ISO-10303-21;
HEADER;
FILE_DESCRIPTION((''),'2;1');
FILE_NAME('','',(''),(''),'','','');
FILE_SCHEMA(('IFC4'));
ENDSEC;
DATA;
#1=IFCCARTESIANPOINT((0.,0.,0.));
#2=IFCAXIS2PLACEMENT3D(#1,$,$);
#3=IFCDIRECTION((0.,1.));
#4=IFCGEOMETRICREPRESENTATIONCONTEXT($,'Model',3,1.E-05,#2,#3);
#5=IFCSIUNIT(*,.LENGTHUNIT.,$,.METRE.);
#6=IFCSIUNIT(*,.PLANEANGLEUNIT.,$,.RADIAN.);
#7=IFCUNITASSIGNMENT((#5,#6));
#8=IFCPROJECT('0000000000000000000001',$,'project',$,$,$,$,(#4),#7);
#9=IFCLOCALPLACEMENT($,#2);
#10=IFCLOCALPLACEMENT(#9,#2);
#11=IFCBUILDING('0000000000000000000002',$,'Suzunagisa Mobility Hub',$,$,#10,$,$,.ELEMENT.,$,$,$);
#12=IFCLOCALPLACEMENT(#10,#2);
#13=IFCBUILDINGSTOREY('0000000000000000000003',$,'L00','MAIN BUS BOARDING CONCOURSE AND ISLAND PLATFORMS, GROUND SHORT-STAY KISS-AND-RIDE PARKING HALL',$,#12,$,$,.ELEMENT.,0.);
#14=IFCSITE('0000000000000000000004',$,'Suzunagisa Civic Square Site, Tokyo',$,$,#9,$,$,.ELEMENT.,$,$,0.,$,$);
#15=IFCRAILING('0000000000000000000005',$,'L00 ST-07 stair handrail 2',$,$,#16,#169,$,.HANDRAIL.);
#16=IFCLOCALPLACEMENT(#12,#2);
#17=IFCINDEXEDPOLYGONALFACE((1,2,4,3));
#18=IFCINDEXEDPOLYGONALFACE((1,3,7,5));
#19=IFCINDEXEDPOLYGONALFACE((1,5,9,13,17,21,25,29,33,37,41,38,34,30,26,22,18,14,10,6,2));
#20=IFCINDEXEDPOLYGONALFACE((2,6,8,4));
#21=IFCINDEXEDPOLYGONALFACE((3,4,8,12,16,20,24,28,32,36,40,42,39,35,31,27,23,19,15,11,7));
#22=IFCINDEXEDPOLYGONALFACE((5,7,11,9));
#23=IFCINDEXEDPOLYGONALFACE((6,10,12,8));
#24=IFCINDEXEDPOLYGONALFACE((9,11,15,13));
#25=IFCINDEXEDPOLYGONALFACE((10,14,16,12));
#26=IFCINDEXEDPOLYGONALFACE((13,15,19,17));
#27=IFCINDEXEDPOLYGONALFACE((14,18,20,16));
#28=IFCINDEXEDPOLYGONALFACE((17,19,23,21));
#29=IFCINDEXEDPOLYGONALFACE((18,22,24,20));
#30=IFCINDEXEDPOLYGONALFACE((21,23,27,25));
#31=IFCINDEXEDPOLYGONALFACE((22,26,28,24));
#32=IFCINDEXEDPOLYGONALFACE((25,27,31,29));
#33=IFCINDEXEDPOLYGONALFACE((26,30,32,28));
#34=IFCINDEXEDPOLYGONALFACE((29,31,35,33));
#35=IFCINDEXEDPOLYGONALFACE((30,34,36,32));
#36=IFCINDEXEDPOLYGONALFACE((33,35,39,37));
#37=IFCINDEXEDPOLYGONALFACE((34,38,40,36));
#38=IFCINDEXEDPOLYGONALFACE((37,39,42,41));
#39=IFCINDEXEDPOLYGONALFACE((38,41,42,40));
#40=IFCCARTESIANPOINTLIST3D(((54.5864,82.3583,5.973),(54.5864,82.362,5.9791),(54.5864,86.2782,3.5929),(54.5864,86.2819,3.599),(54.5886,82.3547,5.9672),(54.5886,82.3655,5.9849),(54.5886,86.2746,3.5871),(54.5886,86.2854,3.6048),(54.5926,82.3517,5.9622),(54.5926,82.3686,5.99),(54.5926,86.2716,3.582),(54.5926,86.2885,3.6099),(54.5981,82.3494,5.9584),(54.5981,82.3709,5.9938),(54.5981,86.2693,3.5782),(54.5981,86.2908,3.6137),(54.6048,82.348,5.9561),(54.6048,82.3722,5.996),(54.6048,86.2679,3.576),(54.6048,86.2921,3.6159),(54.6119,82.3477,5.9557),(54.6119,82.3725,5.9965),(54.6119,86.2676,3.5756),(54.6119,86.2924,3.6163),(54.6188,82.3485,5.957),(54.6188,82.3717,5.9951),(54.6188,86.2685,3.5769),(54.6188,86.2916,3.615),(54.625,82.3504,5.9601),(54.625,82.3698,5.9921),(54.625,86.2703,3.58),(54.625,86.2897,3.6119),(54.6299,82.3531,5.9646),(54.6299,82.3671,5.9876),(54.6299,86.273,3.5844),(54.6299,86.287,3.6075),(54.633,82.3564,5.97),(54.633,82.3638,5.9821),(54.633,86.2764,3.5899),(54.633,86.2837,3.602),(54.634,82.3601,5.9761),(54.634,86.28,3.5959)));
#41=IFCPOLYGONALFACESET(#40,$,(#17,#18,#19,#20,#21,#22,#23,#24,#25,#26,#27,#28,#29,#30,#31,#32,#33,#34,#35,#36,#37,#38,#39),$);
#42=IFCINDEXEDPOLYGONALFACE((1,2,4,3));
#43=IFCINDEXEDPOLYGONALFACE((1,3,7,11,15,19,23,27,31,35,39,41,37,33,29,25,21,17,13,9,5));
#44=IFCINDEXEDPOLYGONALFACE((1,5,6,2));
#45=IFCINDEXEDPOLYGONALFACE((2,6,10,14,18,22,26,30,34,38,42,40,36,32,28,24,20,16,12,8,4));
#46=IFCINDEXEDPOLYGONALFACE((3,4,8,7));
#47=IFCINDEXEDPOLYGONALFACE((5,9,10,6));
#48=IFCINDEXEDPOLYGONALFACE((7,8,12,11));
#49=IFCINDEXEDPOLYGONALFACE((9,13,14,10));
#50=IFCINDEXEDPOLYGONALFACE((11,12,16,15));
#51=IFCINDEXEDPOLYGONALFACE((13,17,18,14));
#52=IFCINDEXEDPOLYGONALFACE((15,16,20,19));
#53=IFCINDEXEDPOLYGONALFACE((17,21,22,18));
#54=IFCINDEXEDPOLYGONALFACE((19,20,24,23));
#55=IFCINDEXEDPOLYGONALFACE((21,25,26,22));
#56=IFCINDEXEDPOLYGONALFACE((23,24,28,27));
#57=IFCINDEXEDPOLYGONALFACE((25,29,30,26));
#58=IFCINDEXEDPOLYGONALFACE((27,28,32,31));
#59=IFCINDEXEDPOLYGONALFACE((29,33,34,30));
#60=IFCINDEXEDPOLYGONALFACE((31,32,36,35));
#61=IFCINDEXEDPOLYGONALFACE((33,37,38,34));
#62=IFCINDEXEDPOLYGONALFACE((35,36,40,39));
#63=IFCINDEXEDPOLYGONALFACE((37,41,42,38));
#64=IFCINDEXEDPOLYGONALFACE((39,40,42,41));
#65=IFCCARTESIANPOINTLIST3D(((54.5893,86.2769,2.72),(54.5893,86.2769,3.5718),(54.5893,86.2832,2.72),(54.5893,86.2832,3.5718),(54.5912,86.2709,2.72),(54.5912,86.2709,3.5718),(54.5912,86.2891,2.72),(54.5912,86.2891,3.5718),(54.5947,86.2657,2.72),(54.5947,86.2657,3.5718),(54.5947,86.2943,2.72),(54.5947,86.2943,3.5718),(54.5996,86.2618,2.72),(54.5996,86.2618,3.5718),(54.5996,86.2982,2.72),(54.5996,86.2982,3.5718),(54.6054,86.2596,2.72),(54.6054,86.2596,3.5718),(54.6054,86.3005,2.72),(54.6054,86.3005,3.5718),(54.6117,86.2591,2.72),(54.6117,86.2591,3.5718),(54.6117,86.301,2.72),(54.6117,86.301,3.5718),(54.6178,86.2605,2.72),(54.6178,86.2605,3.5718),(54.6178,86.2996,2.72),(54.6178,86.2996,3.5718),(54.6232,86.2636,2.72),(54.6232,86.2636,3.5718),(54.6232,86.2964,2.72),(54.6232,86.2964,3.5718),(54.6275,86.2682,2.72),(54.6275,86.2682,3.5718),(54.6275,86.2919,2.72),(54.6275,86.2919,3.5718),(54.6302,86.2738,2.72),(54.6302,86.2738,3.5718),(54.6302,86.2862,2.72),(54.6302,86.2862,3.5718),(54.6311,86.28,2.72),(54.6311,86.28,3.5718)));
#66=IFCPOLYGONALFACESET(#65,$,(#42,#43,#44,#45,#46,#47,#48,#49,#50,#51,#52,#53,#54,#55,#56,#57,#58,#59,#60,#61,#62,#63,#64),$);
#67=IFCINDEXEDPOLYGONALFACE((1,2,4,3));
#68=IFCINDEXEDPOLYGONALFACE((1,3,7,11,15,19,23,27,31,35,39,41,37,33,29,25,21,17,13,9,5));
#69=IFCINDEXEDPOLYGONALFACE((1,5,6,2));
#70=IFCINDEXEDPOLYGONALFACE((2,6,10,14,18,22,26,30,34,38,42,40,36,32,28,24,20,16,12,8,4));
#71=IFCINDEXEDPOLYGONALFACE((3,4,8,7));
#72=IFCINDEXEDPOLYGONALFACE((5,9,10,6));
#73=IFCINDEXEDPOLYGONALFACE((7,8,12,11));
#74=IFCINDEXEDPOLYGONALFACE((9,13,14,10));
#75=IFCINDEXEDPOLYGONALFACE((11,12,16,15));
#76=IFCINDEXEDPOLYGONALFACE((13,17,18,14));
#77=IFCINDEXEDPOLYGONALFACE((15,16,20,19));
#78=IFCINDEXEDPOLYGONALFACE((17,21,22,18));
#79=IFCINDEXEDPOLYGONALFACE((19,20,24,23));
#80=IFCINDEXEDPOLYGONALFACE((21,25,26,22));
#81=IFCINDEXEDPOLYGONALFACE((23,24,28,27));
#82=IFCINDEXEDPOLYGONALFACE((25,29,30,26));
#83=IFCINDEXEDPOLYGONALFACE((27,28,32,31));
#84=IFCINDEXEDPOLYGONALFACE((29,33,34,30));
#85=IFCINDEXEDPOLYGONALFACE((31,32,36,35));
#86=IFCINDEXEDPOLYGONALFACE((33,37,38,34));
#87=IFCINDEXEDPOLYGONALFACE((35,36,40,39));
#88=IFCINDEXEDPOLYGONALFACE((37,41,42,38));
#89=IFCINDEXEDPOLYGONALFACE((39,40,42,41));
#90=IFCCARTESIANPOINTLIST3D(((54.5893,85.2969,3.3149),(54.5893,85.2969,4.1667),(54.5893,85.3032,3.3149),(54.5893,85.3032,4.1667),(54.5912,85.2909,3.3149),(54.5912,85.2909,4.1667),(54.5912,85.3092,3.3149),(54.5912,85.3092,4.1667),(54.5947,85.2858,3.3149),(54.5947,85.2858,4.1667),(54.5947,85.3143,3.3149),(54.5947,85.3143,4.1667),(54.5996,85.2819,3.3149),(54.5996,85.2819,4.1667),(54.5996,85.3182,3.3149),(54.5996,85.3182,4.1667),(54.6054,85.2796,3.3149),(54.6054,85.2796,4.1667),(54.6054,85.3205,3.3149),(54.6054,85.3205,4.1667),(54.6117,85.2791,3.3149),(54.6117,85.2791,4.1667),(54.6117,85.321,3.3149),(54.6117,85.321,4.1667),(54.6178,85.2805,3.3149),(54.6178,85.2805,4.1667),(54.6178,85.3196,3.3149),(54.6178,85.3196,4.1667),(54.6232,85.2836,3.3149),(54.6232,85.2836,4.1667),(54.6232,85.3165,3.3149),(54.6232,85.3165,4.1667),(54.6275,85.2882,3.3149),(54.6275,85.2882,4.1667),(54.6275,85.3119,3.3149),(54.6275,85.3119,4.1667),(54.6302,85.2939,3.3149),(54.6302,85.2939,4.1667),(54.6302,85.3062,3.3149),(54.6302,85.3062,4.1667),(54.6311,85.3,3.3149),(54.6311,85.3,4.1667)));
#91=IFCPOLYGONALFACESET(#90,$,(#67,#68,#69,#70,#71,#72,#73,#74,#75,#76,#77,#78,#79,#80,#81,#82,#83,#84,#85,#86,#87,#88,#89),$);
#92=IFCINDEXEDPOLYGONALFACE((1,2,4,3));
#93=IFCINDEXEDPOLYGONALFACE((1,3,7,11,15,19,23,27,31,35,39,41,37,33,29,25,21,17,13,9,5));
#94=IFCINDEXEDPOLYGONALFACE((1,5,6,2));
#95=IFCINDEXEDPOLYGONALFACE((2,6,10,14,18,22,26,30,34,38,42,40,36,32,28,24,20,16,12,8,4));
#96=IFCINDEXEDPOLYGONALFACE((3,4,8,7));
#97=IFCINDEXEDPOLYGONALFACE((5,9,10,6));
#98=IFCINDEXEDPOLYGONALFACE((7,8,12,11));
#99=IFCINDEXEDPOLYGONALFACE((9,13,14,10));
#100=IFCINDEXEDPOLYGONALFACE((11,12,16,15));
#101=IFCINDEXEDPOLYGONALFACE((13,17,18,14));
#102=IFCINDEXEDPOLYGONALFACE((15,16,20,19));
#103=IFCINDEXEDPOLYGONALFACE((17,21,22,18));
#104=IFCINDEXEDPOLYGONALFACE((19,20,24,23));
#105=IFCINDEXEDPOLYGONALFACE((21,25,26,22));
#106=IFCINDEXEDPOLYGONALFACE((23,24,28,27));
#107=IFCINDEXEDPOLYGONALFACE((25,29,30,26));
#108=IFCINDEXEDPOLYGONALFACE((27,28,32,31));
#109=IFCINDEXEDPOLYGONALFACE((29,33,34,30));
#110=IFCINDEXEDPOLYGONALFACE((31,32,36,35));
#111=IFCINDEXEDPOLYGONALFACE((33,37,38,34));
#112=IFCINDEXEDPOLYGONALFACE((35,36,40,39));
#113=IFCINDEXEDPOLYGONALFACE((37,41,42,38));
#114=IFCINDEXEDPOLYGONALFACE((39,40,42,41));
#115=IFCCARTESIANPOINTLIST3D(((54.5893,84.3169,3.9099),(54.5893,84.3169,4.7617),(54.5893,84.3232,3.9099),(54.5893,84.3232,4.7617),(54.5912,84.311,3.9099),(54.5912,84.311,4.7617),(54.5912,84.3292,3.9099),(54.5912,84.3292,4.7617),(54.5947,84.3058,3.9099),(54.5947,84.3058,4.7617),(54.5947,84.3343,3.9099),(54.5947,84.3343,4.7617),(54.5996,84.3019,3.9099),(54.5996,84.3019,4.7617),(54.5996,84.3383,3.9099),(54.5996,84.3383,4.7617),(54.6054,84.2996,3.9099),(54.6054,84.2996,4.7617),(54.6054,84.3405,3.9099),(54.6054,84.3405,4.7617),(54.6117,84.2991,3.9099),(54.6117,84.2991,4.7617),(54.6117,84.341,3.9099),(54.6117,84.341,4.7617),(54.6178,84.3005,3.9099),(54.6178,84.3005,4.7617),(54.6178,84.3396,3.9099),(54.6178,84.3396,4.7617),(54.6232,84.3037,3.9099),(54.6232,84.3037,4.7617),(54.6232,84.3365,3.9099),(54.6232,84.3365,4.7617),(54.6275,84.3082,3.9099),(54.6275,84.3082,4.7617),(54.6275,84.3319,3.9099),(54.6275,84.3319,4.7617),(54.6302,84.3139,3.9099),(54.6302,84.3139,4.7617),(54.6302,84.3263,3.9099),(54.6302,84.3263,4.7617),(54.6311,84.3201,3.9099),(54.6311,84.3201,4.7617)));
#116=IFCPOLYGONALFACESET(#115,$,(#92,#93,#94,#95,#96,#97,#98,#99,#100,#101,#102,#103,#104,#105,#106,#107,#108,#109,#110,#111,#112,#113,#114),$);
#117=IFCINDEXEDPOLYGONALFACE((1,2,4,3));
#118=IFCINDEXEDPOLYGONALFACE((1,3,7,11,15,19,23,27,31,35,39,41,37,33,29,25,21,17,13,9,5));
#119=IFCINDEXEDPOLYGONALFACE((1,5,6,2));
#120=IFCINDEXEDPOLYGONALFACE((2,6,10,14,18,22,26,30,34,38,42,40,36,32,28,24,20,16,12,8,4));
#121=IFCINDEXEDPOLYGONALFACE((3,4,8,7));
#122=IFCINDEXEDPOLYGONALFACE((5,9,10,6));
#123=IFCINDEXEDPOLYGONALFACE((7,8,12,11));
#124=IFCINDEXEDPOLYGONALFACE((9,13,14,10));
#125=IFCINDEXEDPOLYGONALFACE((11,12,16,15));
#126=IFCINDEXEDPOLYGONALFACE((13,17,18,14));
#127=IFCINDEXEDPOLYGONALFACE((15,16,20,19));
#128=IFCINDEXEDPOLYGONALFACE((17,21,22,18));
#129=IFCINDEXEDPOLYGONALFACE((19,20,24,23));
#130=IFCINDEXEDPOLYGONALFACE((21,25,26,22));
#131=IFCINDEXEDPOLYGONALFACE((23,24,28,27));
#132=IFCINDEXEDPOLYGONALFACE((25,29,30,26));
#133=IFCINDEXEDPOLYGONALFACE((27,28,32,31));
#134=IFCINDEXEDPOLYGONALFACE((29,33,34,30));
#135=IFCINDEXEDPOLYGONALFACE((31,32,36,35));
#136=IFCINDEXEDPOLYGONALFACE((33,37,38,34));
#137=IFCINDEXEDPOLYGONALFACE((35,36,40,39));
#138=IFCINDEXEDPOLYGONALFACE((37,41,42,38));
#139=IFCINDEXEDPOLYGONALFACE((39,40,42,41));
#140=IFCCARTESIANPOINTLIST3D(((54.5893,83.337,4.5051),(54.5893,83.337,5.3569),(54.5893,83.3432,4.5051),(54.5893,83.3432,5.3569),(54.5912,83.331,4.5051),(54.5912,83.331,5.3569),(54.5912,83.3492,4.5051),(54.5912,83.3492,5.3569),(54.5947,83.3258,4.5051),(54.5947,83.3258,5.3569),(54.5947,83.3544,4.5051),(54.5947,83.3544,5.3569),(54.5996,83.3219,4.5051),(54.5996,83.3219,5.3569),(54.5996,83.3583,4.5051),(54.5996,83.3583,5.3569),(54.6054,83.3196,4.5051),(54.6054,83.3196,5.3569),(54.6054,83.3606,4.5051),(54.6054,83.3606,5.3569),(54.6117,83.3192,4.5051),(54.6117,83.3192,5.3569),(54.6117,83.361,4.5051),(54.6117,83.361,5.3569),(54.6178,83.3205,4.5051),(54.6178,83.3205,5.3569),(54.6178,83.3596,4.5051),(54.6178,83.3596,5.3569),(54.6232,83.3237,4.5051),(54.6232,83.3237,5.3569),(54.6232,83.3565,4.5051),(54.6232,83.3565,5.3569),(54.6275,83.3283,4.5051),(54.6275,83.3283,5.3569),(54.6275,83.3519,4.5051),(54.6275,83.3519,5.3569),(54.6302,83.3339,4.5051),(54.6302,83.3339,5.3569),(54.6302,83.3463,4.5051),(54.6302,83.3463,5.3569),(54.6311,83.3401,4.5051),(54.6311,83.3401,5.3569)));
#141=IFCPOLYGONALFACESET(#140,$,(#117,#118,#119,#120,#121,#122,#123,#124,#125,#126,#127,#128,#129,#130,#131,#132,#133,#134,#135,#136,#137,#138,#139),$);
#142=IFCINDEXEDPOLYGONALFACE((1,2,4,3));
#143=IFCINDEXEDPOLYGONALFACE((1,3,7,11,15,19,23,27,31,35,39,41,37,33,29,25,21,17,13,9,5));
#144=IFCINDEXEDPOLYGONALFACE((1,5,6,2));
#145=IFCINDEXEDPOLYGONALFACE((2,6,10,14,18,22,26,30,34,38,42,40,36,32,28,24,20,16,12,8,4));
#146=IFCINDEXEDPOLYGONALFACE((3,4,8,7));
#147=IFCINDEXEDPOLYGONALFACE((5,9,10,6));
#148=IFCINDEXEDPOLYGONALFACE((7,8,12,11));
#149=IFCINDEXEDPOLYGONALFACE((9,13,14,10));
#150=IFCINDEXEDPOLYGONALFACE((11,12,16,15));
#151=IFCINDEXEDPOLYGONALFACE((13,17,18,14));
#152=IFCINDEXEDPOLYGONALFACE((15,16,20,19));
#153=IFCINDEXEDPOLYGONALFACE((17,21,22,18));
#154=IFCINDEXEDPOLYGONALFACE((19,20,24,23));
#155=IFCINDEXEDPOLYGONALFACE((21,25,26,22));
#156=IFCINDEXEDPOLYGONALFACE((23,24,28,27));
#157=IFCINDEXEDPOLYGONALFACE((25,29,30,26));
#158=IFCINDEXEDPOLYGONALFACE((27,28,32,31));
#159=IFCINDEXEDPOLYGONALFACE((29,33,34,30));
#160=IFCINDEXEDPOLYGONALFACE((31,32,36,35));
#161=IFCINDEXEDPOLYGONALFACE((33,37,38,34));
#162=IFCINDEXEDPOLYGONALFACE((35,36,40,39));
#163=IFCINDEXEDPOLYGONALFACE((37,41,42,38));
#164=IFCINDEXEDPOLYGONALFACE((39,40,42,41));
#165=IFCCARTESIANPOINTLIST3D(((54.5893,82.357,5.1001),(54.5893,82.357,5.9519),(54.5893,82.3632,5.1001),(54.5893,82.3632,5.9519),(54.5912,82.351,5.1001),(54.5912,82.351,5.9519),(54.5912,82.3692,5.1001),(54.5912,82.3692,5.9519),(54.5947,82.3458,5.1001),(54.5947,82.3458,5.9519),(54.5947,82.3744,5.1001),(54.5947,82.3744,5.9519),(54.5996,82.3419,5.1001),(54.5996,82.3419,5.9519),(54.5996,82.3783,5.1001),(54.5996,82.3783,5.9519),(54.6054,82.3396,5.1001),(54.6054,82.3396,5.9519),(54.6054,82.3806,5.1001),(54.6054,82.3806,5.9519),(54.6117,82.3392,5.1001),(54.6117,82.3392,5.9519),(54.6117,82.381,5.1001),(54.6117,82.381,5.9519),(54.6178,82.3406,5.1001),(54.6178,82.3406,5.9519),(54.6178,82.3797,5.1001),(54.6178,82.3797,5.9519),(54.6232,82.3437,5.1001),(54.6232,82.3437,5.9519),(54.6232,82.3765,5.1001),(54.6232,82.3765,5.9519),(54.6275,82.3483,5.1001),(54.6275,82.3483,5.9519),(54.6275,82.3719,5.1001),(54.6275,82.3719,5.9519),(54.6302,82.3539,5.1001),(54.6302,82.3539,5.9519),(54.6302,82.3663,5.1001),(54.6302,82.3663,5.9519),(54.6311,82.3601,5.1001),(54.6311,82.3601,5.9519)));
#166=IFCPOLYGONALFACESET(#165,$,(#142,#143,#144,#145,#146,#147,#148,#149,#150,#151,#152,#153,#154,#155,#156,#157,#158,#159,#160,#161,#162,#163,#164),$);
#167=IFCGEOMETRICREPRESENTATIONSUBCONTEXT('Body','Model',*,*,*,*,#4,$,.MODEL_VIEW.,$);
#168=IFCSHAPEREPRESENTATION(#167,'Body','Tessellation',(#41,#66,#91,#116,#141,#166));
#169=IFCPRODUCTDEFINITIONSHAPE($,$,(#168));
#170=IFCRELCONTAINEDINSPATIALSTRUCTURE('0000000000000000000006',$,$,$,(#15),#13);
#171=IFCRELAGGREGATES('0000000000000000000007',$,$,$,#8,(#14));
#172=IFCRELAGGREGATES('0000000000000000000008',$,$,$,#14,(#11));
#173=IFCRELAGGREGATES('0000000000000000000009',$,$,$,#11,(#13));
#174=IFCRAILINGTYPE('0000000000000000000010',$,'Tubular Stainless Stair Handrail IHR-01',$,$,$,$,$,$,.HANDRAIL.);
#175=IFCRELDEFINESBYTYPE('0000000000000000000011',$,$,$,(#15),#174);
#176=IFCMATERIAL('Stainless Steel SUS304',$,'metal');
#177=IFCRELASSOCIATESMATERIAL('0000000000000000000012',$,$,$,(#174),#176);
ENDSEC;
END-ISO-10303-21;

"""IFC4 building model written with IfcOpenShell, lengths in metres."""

from ifc_helpers import new_model, si_unit, direction, frame, origin, origin_2d, place, context, subcontext, project, spatial, circle, extrude, material, type_object, element, save


model = new_model("IFC4")

# Units and contexts
model_context = context("Model", 3, precision=1e-05, world=origin(), true_north=direction((0.0, 1.0)))
body_context = subcontext(model_context, "Body", "Model", "MODEL_VIEW")
ifc_project = project(units=[si_unit("LENGTHUNIT", "METRE"), si_unit("PLANEANGLEUNIT", "RADIAN")], contexts=[model_context])

# Site, building, storey
site_placement = place(None, origin())
site = spatial("IfcSite", under=ifc_project, at=site_placement, Name="Suzunagisa Civic Square Site, Tokyo", CompositionType="ELEMENT", RefElevation=0.0)
building_placement = place(site_placement, origin())
building = spatial("IfcBuilding", under=site, at=building_placement, Name="Suzunagisa Mobility Hub", CompositionType="ELEMENT")
storey_placement = place(building_placement, origin())
storey = spatial("IfcBuildingStorey", under=building, at=storey_placement, Name="L00", Description="MAIN BUS BOARDING CONCOURSE AND ISLAND PLATFORMS, GROUND SHORT-STAY KISS-AND-RIDE PARKING HALL", CompositionType="ELEMENT", Elevation=0.0)

# Railing
ifc_material_1 = material(Name="Stainless Steel SUS304", Category="metal")
railing_type_1 = type_object("IfcRailingType", Name="Tubular Stainless Stair Handrail IHR-01", PredefinedType="HANDRAIL", material=ifc_material_1)
railing_1_placement = place(storey_placement, frame((54.6101, 86.28, 2.72)))
element("IfcRailing", 1, at=railing_1_placement, inside=storey, type_object=railing_type_1, Name="L00 ST-07 stair handrail 2", PredefinedType="HANDRAIL", context=body_context, shape_type="SweptSolid", body=[
    extrude(circle(Radius=0.0239, at=origin_2d()), frame((0.0, 0.0, 0.876), z_axis=(0.0, -0.854771, 0.519006), x_axis=(1.0, 0.0, 0.0)), (0.0, 0.0, 1.0), 4.5859),
    extrude(circle(Radius=0.021, at=origin_2d()), origin(), (0.0, 0.0, 1.0), 0.8518),
    extrude(circle(Radius=0.021, at=origin_2d()), frame((0.0, -0.98, 0.595)), (0.0, 0.0, 1.0), 0.8518),
    extrude(circle(Radius=0.021, at=origin_2d()), frame((0.0, -1.96, 1.1899)), (0.0, 0.0, 1.0), 0.8518),
    extrude(circle(Radius=0.021, at=origin_2d()), frame((0.0, -2.9399, 1.7852)), (0.0, 0.0, 1.0), 0.8518),
    extrude(circle(Radius=0.021, at=origin_2d()), frame((0.0, -3.9199, 2.3801)), (0.0, 0.0, 1.0), 0.8518),
])

save(model, "model.ifc")
